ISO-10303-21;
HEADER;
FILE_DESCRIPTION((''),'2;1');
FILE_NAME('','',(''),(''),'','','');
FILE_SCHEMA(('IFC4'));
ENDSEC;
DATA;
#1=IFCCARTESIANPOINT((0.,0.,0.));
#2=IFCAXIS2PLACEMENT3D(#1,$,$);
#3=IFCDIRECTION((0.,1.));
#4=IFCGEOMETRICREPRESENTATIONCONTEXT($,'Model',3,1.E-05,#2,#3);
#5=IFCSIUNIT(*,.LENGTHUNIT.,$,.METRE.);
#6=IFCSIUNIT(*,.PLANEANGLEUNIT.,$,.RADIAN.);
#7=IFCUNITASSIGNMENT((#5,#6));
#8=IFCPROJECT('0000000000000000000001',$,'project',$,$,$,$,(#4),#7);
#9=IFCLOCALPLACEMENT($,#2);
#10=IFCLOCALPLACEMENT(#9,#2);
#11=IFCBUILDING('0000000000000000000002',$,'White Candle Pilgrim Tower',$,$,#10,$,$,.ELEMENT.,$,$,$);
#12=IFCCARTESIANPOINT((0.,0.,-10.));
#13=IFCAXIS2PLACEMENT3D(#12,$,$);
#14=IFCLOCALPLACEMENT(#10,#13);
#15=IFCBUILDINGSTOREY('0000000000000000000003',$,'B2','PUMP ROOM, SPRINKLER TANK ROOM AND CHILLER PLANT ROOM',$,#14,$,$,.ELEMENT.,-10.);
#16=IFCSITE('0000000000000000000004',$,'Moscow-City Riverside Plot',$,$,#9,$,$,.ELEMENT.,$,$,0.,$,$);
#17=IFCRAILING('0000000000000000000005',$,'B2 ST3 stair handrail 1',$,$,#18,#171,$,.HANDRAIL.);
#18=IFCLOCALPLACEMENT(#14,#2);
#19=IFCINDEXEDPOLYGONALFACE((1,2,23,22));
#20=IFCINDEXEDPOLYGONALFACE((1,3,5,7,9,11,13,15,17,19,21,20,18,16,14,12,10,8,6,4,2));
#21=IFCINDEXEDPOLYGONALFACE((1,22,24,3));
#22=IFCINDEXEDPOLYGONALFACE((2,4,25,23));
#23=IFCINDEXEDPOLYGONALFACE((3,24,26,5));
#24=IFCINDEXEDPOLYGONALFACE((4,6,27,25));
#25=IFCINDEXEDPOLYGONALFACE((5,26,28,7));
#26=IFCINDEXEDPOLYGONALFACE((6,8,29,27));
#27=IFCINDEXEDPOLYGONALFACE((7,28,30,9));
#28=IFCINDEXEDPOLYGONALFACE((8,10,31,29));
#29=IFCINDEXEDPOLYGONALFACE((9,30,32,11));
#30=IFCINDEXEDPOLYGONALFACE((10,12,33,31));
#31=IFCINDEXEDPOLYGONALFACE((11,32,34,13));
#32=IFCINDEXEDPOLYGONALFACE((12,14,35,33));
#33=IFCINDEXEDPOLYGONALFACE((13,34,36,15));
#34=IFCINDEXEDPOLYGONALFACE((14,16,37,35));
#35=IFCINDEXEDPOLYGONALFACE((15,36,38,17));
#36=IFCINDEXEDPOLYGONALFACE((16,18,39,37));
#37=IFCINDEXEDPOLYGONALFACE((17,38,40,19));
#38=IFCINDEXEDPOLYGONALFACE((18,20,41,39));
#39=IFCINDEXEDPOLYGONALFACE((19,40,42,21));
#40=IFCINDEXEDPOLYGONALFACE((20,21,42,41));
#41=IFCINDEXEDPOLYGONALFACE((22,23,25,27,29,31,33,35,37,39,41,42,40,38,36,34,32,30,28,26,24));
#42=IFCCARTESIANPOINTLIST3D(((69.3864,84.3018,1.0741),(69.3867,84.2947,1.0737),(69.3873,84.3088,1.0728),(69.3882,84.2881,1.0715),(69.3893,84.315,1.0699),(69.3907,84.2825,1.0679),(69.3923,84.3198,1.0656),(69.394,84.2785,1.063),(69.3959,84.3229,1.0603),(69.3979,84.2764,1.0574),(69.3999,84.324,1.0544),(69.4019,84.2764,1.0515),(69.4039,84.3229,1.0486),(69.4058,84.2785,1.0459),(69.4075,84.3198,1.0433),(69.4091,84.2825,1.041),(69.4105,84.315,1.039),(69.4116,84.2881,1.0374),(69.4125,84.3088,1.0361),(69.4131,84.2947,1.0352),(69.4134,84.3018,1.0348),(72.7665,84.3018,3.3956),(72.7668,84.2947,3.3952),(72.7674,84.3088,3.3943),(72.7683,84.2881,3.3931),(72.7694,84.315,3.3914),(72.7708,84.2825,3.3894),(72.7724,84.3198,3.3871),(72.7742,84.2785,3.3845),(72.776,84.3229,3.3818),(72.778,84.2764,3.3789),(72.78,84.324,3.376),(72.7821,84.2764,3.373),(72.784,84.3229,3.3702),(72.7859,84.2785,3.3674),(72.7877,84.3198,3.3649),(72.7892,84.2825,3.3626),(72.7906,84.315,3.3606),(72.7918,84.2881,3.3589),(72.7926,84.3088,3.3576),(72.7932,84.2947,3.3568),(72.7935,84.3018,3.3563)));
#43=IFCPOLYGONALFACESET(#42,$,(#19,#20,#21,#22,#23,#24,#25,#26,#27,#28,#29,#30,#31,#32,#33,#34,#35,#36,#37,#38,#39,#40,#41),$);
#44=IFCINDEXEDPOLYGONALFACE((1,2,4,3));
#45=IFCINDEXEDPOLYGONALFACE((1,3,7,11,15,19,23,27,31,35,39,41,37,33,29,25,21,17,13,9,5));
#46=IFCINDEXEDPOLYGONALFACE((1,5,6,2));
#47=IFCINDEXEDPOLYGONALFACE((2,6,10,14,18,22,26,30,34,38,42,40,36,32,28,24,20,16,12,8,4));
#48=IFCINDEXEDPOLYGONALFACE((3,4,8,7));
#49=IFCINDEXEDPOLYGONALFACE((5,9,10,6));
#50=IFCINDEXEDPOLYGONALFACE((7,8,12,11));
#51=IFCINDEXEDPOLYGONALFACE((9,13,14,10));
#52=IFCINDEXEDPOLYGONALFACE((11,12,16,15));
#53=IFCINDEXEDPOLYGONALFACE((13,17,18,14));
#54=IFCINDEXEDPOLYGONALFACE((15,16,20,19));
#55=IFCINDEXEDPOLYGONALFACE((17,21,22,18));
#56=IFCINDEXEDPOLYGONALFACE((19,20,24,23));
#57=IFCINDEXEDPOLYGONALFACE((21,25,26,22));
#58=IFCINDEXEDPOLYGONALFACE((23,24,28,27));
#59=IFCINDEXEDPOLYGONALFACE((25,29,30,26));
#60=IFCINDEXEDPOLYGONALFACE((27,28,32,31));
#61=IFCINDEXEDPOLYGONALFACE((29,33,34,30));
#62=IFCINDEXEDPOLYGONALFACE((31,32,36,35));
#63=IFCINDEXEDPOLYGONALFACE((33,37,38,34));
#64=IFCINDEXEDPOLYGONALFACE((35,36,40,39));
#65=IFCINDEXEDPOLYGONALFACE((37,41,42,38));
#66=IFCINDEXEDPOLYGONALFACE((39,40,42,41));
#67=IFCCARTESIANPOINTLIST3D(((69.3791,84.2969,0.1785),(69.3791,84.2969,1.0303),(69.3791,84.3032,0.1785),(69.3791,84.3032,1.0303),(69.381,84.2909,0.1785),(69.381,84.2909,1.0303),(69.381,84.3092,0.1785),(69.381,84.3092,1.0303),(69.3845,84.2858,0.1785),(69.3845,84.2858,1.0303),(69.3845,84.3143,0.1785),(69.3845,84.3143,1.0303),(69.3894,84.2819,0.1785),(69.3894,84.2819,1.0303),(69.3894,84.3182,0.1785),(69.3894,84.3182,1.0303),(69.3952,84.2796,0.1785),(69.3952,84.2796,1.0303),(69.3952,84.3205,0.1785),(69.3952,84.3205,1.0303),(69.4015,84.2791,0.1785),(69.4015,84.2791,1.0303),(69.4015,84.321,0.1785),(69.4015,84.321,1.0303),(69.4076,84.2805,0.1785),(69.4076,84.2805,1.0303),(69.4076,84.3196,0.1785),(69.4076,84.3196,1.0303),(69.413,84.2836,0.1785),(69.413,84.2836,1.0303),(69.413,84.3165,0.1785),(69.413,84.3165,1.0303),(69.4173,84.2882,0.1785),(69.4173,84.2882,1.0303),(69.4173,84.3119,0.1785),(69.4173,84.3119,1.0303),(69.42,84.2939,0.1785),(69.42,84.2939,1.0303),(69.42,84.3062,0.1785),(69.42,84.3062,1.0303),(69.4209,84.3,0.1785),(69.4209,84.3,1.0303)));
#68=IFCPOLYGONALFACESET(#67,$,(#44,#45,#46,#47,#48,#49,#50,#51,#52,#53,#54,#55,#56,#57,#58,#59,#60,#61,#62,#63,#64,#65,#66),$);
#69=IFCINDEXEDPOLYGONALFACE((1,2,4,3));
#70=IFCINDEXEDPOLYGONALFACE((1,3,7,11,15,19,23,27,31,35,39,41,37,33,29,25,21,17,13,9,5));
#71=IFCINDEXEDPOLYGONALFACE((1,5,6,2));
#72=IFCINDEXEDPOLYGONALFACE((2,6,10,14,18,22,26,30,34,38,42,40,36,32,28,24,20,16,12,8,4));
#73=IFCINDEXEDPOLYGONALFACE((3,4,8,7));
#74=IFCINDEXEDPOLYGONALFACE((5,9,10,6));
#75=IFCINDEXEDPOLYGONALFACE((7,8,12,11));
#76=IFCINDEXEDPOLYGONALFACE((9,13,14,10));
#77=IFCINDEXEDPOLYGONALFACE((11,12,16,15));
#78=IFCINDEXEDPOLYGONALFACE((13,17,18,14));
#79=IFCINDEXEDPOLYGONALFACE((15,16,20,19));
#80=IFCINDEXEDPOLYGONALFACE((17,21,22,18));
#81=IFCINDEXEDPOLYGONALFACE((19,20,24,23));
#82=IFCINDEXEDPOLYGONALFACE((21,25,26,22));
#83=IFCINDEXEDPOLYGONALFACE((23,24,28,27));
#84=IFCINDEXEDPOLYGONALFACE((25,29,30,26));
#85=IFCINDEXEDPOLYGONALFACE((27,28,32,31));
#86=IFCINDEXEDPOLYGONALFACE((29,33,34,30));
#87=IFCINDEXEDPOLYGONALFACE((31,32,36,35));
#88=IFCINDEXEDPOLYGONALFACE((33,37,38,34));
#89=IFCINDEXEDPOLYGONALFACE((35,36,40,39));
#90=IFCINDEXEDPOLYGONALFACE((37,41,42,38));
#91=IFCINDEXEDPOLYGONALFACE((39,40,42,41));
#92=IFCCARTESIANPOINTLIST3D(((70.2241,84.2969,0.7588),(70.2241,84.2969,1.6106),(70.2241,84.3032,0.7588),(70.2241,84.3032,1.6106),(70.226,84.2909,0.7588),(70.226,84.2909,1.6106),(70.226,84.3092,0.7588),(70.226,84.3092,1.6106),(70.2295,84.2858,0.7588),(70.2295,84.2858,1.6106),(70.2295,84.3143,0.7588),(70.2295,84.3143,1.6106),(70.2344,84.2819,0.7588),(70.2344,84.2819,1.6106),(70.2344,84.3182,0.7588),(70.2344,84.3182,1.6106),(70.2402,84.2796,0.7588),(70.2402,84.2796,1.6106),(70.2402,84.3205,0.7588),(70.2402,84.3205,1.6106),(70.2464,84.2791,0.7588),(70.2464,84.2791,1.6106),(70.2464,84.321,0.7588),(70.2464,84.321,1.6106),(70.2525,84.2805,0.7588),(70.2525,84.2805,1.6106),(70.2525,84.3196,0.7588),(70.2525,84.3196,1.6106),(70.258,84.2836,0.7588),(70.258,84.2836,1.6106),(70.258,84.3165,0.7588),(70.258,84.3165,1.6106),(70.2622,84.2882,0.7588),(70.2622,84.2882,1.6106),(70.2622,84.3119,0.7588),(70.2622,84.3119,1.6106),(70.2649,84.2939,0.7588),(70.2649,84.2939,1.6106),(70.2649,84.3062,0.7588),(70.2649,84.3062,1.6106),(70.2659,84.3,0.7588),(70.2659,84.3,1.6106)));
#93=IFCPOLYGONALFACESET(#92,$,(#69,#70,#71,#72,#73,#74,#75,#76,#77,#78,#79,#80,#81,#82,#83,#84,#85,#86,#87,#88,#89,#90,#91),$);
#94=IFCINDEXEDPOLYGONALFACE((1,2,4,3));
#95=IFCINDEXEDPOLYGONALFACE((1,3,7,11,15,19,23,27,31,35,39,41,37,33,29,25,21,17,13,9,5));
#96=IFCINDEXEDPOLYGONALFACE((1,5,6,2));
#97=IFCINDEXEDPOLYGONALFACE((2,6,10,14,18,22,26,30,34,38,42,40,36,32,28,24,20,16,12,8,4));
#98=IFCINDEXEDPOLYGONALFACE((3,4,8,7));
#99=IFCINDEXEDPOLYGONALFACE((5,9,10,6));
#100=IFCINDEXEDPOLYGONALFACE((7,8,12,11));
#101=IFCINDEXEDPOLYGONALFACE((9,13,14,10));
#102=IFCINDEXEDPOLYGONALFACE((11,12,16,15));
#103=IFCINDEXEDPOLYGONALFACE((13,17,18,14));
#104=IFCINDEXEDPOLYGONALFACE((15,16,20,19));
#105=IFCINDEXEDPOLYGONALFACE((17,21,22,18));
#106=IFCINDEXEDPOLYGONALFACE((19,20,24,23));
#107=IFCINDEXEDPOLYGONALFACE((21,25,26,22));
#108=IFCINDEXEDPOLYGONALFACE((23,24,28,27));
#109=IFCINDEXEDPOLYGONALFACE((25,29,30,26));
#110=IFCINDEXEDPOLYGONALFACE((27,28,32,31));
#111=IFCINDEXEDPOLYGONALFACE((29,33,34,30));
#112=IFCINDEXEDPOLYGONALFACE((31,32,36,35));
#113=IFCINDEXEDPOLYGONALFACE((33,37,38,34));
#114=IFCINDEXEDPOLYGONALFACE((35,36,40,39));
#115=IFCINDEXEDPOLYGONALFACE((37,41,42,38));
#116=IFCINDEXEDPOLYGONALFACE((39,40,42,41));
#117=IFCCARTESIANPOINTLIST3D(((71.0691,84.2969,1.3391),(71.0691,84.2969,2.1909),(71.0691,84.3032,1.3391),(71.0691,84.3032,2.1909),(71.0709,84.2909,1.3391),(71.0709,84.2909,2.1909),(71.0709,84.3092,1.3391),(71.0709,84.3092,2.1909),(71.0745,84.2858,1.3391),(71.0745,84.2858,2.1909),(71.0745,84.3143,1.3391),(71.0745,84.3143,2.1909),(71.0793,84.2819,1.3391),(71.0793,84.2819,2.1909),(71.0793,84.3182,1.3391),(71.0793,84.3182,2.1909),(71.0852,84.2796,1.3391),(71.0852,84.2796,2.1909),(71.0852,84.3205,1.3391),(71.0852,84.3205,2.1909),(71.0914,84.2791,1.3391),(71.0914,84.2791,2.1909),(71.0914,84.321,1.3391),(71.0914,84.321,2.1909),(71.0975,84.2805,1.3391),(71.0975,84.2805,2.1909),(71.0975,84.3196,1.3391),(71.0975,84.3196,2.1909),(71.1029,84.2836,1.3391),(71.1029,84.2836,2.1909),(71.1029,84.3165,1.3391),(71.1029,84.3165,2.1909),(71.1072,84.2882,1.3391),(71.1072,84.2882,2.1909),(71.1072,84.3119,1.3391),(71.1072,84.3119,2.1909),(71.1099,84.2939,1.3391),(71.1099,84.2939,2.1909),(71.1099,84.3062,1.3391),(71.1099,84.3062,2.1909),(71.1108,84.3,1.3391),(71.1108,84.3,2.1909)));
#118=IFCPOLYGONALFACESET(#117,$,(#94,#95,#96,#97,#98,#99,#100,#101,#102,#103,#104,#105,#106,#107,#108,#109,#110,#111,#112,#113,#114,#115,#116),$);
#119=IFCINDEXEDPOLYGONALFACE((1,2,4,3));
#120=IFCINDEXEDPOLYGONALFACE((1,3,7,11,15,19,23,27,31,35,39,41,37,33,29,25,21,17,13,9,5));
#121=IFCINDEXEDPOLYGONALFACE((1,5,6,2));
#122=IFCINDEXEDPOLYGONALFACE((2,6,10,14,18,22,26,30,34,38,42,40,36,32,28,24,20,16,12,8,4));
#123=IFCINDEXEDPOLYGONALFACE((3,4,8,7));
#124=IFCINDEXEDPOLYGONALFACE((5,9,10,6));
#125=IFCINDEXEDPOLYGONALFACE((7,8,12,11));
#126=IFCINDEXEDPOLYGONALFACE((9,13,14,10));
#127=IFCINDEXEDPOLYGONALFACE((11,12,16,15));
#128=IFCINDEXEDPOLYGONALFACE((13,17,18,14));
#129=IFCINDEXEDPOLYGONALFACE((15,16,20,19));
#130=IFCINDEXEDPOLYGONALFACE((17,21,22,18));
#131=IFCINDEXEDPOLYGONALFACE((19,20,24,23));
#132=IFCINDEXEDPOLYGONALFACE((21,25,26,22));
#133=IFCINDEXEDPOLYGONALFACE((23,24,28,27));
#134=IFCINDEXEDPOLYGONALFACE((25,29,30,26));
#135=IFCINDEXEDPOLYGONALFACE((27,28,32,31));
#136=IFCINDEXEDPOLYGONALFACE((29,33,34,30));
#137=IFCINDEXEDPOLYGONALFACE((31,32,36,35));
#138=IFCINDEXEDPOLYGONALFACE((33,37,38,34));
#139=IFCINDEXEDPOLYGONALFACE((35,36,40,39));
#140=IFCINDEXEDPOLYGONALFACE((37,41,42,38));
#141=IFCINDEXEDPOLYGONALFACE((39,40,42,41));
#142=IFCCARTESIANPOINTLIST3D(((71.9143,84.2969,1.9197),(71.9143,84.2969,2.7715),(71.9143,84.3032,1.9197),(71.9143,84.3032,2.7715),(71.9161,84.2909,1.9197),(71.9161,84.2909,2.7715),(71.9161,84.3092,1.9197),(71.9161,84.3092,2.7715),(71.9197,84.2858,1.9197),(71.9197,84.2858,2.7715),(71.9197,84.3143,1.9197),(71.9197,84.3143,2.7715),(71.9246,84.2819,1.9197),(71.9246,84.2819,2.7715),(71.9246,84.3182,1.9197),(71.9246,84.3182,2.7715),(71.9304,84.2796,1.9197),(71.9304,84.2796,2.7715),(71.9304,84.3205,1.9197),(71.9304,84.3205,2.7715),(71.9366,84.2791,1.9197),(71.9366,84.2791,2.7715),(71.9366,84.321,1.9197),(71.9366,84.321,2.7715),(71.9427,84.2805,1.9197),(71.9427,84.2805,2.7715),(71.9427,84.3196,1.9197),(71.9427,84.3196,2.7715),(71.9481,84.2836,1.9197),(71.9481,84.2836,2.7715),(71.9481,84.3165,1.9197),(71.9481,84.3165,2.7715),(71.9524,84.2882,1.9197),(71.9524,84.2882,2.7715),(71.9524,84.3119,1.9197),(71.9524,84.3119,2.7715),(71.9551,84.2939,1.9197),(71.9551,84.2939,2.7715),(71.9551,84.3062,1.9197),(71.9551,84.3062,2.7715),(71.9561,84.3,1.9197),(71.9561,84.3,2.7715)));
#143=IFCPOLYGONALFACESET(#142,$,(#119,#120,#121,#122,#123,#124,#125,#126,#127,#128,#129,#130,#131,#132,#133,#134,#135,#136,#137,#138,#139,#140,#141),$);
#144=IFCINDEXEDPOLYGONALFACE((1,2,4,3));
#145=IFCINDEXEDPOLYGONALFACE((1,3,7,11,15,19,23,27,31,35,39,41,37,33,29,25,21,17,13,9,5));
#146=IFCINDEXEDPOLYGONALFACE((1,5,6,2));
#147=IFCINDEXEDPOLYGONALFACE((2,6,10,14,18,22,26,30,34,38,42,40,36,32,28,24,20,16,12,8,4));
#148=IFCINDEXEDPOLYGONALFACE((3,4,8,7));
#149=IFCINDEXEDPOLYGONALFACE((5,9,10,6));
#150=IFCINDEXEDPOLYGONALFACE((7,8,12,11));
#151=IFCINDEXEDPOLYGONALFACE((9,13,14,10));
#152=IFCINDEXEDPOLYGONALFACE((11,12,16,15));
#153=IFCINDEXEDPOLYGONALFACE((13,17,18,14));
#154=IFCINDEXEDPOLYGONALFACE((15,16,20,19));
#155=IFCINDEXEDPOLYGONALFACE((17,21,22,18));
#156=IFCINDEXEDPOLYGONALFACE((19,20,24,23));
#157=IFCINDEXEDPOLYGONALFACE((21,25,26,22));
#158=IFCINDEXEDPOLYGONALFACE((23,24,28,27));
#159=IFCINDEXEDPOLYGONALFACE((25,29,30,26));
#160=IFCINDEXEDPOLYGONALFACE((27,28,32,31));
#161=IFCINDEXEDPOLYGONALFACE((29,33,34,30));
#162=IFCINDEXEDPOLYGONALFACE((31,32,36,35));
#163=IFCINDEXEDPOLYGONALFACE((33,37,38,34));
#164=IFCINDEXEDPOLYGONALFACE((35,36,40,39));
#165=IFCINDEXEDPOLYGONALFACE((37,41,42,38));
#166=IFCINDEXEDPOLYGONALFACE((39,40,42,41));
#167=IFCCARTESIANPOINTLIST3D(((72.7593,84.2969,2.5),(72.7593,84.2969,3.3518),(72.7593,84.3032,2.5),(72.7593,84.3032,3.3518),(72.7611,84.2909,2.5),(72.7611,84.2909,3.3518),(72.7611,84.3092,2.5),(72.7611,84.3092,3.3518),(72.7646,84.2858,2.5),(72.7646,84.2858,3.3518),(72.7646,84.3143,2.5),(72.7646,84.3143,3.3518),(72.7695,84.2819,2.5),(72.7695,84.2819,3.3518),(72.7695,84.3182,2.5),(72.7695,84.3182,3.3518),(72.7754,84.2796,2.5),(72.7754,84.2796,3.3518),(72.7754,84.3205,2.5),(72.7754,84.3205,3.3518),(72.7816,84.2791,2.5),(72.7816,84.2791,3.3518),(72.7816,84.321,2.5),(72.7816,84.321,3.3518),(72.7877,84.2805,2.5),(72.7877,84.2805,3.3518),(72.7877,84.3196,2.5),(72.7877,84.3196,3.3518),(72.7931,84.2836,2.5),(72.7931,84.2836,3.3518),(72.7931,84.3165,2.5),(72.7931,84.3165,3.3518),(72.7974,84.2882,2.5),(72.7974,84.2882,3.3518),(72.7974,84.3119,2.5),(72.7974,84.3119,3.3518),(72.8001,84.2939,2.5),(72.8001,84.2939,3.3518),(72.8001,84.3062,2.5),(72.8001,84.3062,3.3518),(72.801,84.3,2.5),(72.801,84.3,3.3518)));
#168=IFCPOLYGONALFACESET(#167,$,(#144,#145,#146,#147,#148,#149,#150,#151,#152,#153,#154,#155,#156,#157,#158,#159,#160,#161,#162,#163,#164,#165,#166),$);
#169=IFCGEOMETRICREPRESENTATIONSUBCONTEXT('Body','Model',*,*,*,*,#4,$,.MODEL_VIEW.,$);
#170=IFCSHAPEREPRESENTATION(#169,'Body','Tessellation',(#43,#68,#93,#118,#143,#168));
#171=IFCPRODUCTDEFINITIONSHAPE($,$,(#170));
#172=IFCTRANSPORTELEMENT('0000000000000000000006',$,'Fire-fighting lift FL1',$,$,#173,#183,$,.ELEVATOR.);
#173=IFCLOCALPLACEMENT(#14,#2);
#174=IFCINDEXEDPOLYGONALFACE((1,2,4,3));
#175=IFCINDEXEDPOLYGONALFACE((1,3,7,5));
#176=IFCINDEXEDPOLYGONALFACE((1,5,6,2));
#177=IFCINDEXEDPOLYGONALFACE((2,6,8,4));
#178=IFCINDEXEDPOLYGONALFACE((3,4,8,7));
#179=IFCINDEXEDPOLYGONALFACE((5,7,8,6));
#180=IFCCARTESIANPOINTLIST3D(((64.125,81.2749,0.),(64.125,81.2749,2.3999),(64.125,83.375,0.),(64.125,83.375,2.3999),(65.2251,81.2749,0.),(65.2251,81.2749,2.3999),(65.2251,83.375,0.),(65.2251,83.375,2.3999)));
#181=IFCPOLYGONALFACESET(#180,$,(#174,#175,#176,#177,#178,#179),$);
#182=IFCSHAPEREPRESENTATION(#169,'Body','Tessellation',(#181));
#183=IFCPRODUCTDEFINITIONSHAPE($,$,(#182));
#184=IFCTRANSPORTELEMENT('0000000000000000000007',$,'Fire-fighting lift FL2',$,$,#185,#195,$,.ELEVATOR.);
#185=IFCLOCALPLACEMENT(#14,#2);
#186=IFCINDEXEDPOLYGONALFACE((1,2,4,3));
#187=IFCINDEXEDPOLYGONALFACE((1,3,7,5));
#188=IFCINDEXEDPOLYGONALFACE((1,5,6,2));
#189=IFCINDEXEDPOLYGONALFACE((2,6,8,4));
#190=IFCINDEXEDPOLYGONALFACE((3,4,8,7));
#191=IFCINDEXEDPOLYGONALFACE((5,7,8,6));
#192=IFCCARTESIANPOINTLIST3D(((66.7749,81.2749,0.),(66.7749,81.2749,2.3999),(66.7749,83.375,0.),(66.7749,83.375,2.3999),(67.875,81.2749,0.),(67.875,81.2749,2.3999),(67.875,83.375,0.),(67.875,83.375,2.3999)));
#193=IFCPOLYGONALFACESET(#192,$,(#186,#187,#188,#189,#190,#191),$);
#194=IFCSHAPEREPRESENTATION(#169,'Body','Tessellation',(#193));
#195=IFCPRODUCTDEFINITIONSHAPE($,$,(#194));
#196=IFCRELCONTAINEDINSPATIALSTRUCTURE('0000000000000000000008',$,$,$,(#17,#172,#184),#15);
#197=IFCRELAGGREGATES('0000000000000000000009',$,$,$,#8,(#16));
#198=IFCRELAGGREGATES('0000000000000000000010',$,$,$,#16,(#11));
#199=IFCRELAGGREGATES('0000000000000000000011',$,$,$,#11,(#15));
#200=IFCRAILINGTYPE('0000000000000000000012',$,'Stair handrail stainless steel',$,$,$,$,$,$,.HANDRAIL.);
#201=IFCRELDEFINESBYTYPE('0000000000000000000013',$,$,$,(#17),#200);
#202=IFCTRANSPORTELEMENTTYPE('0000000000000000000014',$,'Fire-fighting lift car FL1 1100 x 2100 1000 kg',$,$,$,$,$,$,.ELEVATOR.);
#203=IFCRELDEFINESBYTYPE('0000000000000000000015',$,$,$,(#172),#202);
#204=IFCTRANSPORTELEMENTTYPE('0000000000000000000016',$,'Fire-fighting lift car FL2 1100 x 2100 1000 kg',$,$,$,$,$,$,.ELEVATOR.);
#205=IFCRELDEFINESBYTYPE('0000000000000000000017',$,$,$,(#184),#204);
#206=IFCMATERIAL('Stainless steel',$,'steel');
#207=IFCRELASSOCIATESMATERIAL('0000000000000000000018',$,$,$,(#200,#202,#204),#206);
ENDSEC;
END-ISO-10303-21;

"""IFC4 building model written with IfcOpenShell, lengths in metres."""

from ifc_helpers import new_model, si_unit, direction, frame, origin, origin_2d, place, context, subcontext, project, spatial, rectangle, circle, extrude, material, type_object, element, save


model = new_model("IFC4")

# Units and contexts
model_context = context("Model", 3, precision=1e-05, world=origin(), true_north=direction((0.0, 1.0)))
body_context = subcontext(model_context, "Body", "Model", "MODEL_VIEW")
ifc_project = project(units=[si_unit("LENGTHUNIT", "METRE"), si_unit("PLANEANGLEUNIT", "RADIAN")], contexts=[model_context])

# Site, building, storey
site_placement = place(None, origin())
site = spatial("IfcSite", under=ifc_project, at=site_placement, Name="Moscow-City Riverside Plot", CompositionType="ELEMENT", RefElevation=0.0)
building_placement = place(site_placement, origin())
building = spatial("IfcBuilding", under=site, at=building_placement, Name="White Candle Pilgrim Tower", CompositionType="ELEMENT")
storey_placement = place(building_placement, frame((0.0, 0.0, -10.0)))
storey = spatial("IfcBuildingStorey", under=building, at=storey_placement, Name="B2", Description="PUMP ROOM, SPRINKLER TANK ROOM AND CHILLER PLANT ROOM", CompositionType="ELEMENT", Elevation=-10.0)

# Railing
ifc_material_1 = material(Name="Stainless steel", Category="steel")
railing_type_1 = type_object("IfcRailingType", Name="Stair handrail stainless steel", PredefinedType="HANDRAIL", material=ifc_material_1)
railing_1_placement = place(storey_placement, frame((69.3999, 84.3, 0.1785)))
element("IfcRailing", 1, at=railing_1_placement, inside=storey, type_object=railing_type_1, Name="B2 ST3 stair handrail 1", PredefinedType="HANDRAIL", context=body_context, shape_type="SweptSolid", body=[
    extrude(circle(Radius=0.0239, at=origin_2d()), frame((0.0, 0.0, 0.876), z_axis=(0.824304, 0.0, 0.566147), x_axis=(0.0, 1.0, 0.0)), (0.0, 0.0, 1.0), 4.1006),
    extrude(circle(Radius=0.021, at=origin_2d()), origin(), (0.0, 0.0, 1.0), 0.8518),
    extrude(circle(Radius=0.021, at=origin_2d()), frame((0.845, 0.0, 0.5803)), (0.0, 0.0, 1.0), 0.8518),
    extrude(circle(Radius=0.021, at=origin_2d()), frame((1.6899, 0.0, 1.1606)), (0.0, 0.0, 1.0), 0.8518),
    extrude(circle(Radius=0.021, at=origin_2d()), frame((2.5352, 0.0, 1.7412)), (0.0, 0.0, 1.0), 0.8518),
    extrude(circle(Radius=0.021, at=origin_2d()), frame((3.3801, 0.0, 2.3215)), (0.0, 0.0, 1.0), 0.8518),
])

# Transport elements
transport_element_type_1 = type_object("IfcTransportElementType", Name="Fire-fighting lift car FL1 1100 x 2100 1000 kg", PredefinedType="ELEVATOR", material=ifc_material_1)
transport_element_1_placement = place(storey_placement, frame((64.675, 82.325, 0.0), z_axis=(0.0, 0.0, 1.0), x_axis=(1.0, 0.0, 0.0)))
element("IfcTransportElement", 2, at=transport_element_1_placement, inside=storey, type_object=transport_element_type_1, Name="Fire-fighting lift FL1", PredefinedType="ELEVATOR", context=body_context, shape_type="SweptSolid", body=[
    extrude(rectangle(XDim=1.1001, YDim=2.1001, at=origin_2d()), origin(), (0.0, 0.0, 1.0), 2.3999),
])
transport_element_type_2 = type_object("IfcTransportElementType", Name="Fire-fighting lift car FL2 1100 x 2100 1000 kg", PredefinedType="ELEVATOR", material=ifc_material_1)
transport_element_2_placement = place(storey_placement, frame((67.325, 82.325, 0.0), z_axis=(0.0, 0.0, 1.0), x_axis=(1.0, 0.0, 0.0)))
element("IfcTransportElement", 3, at=transport_element_2_placement, inside=storey, type_object=transport_element_type_2, Name="Fire-fighting lift FL2", PredefinedType="ELEVATOR", context=body_context, shape_type="SweptSolid", body=[
    extrude(rectangle(XDim=1.1001, YDim=2.1001, at=origin_2d()), origin(), (0.0, 0.0, 1.0), 2.3999),
])

save(model, "model.ifc")
